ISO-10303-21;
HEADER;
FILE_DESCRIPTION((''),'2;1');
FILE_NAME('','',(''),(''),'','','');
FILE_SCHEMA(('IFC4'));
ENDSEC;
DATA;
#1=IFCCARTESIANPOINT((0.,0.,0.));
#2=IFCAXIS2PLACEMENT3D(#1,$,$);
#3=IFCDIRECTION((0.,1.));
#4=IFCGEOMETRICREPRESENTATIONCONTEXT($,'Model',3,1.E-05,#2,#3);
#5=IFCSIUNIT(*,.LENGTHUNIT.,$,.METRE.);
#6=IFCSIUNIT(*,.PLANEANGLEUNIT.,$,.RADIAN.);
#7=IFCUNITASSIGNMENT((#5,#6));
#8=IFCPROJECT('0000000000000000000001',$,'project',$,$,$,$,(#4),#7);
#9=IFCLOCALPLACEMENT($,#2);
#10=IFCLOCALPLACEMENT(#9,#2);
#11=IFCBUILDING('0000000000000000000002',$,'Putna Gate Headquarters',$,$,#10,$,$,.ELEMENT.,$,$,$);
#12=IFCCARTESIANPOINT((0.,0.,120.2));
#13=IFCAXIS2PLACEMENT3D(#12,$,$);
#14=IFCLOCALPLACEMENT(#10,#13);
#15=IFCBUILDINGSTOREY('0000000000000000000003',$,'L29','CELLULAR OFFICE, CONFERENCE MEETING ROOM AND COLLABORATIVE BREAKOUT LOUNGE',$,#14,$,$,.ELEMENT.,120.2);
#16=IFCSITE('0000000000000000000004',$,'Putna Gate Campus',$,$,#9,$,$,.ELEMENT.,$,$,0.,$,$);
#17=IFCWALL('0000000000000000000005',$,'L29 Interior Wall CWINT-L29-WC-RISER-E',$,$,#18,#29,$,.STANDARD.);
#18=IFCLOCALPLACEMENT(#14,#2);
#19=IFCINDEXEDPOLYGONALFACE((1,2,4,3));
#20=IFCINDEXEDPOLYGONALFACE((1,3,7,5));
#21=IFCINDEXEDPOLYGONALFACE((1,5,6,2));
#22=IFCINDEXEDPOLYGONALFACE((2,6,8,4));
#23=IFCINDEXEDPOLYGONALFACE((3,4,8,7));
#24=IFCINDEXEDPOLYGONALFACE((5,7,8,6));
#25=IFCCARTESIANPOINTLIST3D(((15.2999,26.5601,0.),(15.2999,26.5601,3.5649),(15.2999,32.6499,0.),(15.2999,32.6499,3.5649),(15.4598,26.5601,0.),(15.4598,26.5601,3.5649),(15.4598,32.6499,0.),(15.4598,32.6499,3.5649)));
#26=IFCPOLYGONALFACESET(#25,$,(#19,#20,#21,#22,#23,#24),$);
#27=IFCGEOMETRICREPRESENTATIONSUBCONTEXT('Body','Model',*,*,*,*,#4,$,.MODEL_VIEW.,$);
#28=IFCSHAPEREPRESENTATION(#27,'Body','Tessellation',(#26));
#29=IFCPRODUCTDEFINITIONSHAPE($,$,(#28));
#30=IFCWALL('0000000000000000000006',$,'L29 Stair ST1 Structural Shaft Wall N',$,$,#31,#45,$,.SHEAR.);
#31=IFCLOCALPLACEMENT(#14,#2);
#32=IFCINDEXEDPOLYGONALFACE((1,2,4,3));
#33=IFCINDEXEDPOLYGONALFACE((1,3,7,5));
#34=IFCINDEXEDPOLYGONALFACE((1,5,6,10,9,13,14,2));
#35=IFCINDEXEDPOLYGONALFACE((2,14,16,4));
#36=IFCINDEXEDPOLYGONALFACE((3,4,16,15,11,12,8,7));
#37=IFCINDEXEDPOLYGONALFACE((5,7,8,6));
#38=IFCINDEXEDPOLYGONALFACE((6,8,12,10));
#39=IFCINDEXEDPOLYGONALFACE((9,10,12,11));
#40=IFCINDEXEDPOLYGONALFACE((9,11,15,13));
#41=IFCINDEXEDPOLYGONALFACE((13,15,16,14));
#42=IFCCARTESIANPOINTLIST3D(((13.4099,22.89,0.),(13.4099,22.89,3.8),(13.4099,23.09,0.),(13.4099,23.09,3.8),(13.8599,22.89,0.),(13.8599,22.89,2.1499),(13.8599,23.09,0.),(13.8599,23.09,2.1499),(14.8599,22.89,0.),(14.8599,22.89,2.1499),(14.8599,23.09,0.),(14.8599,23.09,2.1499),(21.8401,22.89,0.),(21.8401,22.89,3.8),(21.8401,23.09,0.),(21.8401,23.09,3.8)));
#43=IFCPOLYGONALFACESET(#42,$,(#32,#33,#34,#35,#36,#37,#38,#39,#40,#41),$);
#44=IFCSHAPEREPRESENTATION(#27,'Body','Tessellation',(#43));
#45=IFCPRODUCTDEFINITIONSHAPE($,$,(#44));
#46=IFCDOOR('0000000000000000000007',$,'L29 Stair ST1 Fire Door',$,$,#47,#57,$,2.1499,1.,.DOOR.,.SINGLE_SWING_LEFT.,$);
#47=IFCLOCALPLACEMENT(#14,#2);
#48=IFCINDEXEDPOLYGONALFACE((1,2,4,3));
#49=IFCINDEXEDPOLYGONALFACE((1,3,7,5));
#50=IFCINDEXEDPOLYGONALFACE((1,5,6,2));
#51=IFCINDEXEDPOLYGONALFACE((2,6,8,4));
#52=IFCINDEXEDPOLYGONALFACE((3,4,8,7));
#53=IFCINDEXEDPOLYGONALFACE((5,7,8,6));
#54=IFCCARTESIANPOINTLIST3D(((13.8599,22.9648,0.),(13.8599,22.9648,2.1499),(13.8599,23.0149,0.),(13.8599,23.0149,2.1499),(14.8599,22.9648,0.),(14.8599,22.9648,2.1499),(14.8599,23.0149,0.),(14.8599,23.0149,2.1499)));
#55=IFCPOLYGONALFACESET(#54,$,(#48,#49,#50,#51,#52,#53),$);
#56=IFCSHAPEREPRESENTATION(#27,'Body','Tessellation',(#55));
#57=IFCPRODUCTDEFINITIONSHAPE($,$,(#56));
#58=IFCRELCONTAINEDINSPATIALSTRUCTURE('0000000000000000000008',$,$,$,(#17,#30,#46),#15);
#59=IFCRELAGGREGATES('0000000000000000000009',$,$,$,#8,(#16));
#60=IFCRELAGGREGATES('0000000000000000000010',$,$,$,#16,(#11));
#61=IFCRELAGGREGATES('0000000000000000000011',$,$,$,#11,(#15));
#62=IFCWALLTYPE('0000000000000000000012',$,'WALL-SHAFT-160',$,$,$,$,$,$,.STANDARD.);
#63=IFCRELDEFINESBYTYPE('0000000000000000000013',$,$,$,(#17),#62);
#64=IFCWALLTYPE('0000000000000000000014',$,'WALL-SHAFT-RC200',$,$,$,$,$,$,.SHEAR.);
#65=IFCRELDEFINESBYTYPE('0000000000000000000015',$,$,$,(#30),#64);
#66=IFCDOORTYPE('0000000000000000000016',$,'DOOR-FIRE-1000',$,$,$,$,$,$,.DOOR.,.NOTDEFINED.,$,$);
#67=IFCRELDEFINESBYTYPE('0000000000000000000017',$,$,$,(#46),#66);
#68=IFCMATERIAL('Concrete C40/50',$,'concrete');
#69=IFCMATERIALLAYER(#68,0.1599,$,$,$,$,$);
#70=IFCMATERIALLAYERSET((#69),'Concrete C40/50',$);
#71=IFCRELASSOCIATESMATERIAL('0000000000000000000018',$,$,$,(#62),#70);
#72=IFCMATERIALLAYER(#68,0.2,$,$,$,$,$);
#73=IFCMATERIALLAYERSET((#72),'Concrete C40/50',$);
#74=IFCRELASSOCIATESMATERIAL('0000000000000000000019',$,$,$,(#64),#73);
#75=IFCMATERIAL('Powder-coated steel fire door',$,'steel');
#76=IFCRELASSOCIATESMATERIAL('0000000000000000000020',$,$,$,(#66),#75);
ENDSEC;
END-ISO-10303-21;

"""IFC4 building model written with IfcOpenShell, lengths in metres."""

from ifc_helpers import new_model, si_unit, direction, frame, frame_2d, origin, place, context, subcontext, project, spatial, rectangle, extrude, material, layer, layer_set, type_object, element, fill, save


model = new_model("IFC4")

# Units and contexts
model_context = context("Model", 3, precision=1e-05, world=origin(), true_north=direction((0.0, 1.0)))
body_context = subcontext(model_context, "Body", "Model", "MODEL_VIEW")
ifc_project = project(units=[si_unit("LENGTHUNIT", "METRE"), si_unit("PLANEANGLEUNIT", "RADIAN")], contexts=[model_context])

# Site, building, storey
site_placement = place(None, origin())
site = spatial("IfcSite", under=ifc_project, at=site_placement, Name="Putna Gate Campus", CompositionType="ELEMENT", RefElevation=0.0)
building_placement = place(site_placement, origin())
building = spatial("IfcBuilding", under=site, at=building_placement, Name="Putna Gate Headquarters", CompositionType="ELEMENT")
storey_placement = place(building_placement, frame((0.0, 0.0, 120.2)))
storey = spatial("IfcBuildingStorey", under=building, at=storey_placement, Name="L29", Description="CELLULAR OFFICE, CONFERENCE MEETING ROOM AND COLLABORATIVE BREAKOUT LOUNGE", CompositionType="ELEMENT", Elevation=120.2)

# Wall
ifc_material_1 = material(Name="Concrete C40/50", Category="concrete")
ifc_layer_1 = layer(ifc_material_1, 0.1599)
ifc_layer_set_1 = layer_set([ifc_layer_1], Name="Concrete C40/50")
wall_type_1 = type_object("IfcWallType", Name="WALL-SHAFT-160", PredefinedType="STANDARD", material=ifc_layer_set_1)
wall_1_placement = place(storey_placement, frame((15.3799, 26.5601, 0.0), z_axis=(0.0, 0.0, 1.0), x_axis=(0.0, 1.0, 0.0)))
element("IfcWall", 1, at=wall_1_placement, inside=storey, type_object=wall_type_1, Name="L29 Interior Wall CWINT-L29-WC-RISER-E", PredefinedType="STANDARD", context=body_context, shape_type="SweptSolid", body=[
    extrude(rectangle(XDim=6.0898, YDim=0.1599, at=frame_2d((3.0449, 0.0))), origin(), (0.0, 0.0, 1.0), 3.5649),
])

# Wall, opening, door
ifc_layer_2 = layer(ifc_material_1, 0.2)
ifc_layer_set_2 = layer_set([ifc_layer_2], Name="Concrete C40/50")
wall_type_2 = type_object("IfcWallType", Name="WALL-SHAFT-RC200", PredefinedType="SHEAR", material=ifc_layer_set_2)
wall_2_placement = place(storey_placement, frame((13.4099, 22.99, 0.0), z_axis=(0.0, 0.0, 1.0), x_axis=(1.0, 0.0, 0.0)))
wall_2 = element("IfcWall", 2, at=wall_2_placement, inside=storey, type_object=wall_type_2, Name="L29 Stair ST1 Structural Shaft Wall N", PredefinedType="SHEAR", context=body_context, shape_type="SweptSolid", body=[
    extrude(rectangle(XDim=8.4302, YDim=0.2, at=frame_2d((4.2151, 0.0))), origin(), (0.0, 0.0, 1.0), 3.8),
])
opening_1_placement = place(wall_2_placement, frame((0.45, 0.0, 0.0)))
opening_1 = element("IfcOpeningElement", 3, at=opening_1_placement, cuts=wall_2, PredefinedType="OPENING", context=body_context, shape_type="SweptSolid", body=[
    extrude(rectangle(XDim=1.0, YDim=2.1499, at=frame_2d((0.5, 1.075))), frame((0.0, 0.1099, 0.0), z_axis=(0.0, -1.0, 0.0), x_axis=(1.0, 0.0, 0.0)), (0.0, 0.0, 1.0), 0.22),
])
ifc_material_2 = material(Name="Powder-coated steel fire door", Category="steel")
door_type_1 = type_object("IfcDoorType", Name="DOOR-FIRE-1000", OperationType="NOTDEFINED", PredefinedType="DOOR", material=ifc_material_2)
door_1_placement = place(opening_1_placement, origin())
door_1 = element("IfcDoor", 4, at=door_1_placement, inside=storey, type_object=door_type_1, Name="L29 Stair ST1 Fire Door", OperationType="SINGLE_SWING_LEFT", OverallHeight=2.1499, OverallWidth=1.0, PredefinedType="DOOR", context=body_context, shape_type="SweptSolid", body=[
    extrude(rectangle(XDim=1.0, YDim=2.1499, at=frame_2d((0.5, 1.075))), frame((0.0, 0.0249, 0.0), z_axis=(0.0, -1.0, 0.0), x_axis=(1.0, 0.0, 0.0)), (0.0, 0.0, 1.0), 0.05),
])
fill(opening_1, door_1)

save(model, "model.ifc")
